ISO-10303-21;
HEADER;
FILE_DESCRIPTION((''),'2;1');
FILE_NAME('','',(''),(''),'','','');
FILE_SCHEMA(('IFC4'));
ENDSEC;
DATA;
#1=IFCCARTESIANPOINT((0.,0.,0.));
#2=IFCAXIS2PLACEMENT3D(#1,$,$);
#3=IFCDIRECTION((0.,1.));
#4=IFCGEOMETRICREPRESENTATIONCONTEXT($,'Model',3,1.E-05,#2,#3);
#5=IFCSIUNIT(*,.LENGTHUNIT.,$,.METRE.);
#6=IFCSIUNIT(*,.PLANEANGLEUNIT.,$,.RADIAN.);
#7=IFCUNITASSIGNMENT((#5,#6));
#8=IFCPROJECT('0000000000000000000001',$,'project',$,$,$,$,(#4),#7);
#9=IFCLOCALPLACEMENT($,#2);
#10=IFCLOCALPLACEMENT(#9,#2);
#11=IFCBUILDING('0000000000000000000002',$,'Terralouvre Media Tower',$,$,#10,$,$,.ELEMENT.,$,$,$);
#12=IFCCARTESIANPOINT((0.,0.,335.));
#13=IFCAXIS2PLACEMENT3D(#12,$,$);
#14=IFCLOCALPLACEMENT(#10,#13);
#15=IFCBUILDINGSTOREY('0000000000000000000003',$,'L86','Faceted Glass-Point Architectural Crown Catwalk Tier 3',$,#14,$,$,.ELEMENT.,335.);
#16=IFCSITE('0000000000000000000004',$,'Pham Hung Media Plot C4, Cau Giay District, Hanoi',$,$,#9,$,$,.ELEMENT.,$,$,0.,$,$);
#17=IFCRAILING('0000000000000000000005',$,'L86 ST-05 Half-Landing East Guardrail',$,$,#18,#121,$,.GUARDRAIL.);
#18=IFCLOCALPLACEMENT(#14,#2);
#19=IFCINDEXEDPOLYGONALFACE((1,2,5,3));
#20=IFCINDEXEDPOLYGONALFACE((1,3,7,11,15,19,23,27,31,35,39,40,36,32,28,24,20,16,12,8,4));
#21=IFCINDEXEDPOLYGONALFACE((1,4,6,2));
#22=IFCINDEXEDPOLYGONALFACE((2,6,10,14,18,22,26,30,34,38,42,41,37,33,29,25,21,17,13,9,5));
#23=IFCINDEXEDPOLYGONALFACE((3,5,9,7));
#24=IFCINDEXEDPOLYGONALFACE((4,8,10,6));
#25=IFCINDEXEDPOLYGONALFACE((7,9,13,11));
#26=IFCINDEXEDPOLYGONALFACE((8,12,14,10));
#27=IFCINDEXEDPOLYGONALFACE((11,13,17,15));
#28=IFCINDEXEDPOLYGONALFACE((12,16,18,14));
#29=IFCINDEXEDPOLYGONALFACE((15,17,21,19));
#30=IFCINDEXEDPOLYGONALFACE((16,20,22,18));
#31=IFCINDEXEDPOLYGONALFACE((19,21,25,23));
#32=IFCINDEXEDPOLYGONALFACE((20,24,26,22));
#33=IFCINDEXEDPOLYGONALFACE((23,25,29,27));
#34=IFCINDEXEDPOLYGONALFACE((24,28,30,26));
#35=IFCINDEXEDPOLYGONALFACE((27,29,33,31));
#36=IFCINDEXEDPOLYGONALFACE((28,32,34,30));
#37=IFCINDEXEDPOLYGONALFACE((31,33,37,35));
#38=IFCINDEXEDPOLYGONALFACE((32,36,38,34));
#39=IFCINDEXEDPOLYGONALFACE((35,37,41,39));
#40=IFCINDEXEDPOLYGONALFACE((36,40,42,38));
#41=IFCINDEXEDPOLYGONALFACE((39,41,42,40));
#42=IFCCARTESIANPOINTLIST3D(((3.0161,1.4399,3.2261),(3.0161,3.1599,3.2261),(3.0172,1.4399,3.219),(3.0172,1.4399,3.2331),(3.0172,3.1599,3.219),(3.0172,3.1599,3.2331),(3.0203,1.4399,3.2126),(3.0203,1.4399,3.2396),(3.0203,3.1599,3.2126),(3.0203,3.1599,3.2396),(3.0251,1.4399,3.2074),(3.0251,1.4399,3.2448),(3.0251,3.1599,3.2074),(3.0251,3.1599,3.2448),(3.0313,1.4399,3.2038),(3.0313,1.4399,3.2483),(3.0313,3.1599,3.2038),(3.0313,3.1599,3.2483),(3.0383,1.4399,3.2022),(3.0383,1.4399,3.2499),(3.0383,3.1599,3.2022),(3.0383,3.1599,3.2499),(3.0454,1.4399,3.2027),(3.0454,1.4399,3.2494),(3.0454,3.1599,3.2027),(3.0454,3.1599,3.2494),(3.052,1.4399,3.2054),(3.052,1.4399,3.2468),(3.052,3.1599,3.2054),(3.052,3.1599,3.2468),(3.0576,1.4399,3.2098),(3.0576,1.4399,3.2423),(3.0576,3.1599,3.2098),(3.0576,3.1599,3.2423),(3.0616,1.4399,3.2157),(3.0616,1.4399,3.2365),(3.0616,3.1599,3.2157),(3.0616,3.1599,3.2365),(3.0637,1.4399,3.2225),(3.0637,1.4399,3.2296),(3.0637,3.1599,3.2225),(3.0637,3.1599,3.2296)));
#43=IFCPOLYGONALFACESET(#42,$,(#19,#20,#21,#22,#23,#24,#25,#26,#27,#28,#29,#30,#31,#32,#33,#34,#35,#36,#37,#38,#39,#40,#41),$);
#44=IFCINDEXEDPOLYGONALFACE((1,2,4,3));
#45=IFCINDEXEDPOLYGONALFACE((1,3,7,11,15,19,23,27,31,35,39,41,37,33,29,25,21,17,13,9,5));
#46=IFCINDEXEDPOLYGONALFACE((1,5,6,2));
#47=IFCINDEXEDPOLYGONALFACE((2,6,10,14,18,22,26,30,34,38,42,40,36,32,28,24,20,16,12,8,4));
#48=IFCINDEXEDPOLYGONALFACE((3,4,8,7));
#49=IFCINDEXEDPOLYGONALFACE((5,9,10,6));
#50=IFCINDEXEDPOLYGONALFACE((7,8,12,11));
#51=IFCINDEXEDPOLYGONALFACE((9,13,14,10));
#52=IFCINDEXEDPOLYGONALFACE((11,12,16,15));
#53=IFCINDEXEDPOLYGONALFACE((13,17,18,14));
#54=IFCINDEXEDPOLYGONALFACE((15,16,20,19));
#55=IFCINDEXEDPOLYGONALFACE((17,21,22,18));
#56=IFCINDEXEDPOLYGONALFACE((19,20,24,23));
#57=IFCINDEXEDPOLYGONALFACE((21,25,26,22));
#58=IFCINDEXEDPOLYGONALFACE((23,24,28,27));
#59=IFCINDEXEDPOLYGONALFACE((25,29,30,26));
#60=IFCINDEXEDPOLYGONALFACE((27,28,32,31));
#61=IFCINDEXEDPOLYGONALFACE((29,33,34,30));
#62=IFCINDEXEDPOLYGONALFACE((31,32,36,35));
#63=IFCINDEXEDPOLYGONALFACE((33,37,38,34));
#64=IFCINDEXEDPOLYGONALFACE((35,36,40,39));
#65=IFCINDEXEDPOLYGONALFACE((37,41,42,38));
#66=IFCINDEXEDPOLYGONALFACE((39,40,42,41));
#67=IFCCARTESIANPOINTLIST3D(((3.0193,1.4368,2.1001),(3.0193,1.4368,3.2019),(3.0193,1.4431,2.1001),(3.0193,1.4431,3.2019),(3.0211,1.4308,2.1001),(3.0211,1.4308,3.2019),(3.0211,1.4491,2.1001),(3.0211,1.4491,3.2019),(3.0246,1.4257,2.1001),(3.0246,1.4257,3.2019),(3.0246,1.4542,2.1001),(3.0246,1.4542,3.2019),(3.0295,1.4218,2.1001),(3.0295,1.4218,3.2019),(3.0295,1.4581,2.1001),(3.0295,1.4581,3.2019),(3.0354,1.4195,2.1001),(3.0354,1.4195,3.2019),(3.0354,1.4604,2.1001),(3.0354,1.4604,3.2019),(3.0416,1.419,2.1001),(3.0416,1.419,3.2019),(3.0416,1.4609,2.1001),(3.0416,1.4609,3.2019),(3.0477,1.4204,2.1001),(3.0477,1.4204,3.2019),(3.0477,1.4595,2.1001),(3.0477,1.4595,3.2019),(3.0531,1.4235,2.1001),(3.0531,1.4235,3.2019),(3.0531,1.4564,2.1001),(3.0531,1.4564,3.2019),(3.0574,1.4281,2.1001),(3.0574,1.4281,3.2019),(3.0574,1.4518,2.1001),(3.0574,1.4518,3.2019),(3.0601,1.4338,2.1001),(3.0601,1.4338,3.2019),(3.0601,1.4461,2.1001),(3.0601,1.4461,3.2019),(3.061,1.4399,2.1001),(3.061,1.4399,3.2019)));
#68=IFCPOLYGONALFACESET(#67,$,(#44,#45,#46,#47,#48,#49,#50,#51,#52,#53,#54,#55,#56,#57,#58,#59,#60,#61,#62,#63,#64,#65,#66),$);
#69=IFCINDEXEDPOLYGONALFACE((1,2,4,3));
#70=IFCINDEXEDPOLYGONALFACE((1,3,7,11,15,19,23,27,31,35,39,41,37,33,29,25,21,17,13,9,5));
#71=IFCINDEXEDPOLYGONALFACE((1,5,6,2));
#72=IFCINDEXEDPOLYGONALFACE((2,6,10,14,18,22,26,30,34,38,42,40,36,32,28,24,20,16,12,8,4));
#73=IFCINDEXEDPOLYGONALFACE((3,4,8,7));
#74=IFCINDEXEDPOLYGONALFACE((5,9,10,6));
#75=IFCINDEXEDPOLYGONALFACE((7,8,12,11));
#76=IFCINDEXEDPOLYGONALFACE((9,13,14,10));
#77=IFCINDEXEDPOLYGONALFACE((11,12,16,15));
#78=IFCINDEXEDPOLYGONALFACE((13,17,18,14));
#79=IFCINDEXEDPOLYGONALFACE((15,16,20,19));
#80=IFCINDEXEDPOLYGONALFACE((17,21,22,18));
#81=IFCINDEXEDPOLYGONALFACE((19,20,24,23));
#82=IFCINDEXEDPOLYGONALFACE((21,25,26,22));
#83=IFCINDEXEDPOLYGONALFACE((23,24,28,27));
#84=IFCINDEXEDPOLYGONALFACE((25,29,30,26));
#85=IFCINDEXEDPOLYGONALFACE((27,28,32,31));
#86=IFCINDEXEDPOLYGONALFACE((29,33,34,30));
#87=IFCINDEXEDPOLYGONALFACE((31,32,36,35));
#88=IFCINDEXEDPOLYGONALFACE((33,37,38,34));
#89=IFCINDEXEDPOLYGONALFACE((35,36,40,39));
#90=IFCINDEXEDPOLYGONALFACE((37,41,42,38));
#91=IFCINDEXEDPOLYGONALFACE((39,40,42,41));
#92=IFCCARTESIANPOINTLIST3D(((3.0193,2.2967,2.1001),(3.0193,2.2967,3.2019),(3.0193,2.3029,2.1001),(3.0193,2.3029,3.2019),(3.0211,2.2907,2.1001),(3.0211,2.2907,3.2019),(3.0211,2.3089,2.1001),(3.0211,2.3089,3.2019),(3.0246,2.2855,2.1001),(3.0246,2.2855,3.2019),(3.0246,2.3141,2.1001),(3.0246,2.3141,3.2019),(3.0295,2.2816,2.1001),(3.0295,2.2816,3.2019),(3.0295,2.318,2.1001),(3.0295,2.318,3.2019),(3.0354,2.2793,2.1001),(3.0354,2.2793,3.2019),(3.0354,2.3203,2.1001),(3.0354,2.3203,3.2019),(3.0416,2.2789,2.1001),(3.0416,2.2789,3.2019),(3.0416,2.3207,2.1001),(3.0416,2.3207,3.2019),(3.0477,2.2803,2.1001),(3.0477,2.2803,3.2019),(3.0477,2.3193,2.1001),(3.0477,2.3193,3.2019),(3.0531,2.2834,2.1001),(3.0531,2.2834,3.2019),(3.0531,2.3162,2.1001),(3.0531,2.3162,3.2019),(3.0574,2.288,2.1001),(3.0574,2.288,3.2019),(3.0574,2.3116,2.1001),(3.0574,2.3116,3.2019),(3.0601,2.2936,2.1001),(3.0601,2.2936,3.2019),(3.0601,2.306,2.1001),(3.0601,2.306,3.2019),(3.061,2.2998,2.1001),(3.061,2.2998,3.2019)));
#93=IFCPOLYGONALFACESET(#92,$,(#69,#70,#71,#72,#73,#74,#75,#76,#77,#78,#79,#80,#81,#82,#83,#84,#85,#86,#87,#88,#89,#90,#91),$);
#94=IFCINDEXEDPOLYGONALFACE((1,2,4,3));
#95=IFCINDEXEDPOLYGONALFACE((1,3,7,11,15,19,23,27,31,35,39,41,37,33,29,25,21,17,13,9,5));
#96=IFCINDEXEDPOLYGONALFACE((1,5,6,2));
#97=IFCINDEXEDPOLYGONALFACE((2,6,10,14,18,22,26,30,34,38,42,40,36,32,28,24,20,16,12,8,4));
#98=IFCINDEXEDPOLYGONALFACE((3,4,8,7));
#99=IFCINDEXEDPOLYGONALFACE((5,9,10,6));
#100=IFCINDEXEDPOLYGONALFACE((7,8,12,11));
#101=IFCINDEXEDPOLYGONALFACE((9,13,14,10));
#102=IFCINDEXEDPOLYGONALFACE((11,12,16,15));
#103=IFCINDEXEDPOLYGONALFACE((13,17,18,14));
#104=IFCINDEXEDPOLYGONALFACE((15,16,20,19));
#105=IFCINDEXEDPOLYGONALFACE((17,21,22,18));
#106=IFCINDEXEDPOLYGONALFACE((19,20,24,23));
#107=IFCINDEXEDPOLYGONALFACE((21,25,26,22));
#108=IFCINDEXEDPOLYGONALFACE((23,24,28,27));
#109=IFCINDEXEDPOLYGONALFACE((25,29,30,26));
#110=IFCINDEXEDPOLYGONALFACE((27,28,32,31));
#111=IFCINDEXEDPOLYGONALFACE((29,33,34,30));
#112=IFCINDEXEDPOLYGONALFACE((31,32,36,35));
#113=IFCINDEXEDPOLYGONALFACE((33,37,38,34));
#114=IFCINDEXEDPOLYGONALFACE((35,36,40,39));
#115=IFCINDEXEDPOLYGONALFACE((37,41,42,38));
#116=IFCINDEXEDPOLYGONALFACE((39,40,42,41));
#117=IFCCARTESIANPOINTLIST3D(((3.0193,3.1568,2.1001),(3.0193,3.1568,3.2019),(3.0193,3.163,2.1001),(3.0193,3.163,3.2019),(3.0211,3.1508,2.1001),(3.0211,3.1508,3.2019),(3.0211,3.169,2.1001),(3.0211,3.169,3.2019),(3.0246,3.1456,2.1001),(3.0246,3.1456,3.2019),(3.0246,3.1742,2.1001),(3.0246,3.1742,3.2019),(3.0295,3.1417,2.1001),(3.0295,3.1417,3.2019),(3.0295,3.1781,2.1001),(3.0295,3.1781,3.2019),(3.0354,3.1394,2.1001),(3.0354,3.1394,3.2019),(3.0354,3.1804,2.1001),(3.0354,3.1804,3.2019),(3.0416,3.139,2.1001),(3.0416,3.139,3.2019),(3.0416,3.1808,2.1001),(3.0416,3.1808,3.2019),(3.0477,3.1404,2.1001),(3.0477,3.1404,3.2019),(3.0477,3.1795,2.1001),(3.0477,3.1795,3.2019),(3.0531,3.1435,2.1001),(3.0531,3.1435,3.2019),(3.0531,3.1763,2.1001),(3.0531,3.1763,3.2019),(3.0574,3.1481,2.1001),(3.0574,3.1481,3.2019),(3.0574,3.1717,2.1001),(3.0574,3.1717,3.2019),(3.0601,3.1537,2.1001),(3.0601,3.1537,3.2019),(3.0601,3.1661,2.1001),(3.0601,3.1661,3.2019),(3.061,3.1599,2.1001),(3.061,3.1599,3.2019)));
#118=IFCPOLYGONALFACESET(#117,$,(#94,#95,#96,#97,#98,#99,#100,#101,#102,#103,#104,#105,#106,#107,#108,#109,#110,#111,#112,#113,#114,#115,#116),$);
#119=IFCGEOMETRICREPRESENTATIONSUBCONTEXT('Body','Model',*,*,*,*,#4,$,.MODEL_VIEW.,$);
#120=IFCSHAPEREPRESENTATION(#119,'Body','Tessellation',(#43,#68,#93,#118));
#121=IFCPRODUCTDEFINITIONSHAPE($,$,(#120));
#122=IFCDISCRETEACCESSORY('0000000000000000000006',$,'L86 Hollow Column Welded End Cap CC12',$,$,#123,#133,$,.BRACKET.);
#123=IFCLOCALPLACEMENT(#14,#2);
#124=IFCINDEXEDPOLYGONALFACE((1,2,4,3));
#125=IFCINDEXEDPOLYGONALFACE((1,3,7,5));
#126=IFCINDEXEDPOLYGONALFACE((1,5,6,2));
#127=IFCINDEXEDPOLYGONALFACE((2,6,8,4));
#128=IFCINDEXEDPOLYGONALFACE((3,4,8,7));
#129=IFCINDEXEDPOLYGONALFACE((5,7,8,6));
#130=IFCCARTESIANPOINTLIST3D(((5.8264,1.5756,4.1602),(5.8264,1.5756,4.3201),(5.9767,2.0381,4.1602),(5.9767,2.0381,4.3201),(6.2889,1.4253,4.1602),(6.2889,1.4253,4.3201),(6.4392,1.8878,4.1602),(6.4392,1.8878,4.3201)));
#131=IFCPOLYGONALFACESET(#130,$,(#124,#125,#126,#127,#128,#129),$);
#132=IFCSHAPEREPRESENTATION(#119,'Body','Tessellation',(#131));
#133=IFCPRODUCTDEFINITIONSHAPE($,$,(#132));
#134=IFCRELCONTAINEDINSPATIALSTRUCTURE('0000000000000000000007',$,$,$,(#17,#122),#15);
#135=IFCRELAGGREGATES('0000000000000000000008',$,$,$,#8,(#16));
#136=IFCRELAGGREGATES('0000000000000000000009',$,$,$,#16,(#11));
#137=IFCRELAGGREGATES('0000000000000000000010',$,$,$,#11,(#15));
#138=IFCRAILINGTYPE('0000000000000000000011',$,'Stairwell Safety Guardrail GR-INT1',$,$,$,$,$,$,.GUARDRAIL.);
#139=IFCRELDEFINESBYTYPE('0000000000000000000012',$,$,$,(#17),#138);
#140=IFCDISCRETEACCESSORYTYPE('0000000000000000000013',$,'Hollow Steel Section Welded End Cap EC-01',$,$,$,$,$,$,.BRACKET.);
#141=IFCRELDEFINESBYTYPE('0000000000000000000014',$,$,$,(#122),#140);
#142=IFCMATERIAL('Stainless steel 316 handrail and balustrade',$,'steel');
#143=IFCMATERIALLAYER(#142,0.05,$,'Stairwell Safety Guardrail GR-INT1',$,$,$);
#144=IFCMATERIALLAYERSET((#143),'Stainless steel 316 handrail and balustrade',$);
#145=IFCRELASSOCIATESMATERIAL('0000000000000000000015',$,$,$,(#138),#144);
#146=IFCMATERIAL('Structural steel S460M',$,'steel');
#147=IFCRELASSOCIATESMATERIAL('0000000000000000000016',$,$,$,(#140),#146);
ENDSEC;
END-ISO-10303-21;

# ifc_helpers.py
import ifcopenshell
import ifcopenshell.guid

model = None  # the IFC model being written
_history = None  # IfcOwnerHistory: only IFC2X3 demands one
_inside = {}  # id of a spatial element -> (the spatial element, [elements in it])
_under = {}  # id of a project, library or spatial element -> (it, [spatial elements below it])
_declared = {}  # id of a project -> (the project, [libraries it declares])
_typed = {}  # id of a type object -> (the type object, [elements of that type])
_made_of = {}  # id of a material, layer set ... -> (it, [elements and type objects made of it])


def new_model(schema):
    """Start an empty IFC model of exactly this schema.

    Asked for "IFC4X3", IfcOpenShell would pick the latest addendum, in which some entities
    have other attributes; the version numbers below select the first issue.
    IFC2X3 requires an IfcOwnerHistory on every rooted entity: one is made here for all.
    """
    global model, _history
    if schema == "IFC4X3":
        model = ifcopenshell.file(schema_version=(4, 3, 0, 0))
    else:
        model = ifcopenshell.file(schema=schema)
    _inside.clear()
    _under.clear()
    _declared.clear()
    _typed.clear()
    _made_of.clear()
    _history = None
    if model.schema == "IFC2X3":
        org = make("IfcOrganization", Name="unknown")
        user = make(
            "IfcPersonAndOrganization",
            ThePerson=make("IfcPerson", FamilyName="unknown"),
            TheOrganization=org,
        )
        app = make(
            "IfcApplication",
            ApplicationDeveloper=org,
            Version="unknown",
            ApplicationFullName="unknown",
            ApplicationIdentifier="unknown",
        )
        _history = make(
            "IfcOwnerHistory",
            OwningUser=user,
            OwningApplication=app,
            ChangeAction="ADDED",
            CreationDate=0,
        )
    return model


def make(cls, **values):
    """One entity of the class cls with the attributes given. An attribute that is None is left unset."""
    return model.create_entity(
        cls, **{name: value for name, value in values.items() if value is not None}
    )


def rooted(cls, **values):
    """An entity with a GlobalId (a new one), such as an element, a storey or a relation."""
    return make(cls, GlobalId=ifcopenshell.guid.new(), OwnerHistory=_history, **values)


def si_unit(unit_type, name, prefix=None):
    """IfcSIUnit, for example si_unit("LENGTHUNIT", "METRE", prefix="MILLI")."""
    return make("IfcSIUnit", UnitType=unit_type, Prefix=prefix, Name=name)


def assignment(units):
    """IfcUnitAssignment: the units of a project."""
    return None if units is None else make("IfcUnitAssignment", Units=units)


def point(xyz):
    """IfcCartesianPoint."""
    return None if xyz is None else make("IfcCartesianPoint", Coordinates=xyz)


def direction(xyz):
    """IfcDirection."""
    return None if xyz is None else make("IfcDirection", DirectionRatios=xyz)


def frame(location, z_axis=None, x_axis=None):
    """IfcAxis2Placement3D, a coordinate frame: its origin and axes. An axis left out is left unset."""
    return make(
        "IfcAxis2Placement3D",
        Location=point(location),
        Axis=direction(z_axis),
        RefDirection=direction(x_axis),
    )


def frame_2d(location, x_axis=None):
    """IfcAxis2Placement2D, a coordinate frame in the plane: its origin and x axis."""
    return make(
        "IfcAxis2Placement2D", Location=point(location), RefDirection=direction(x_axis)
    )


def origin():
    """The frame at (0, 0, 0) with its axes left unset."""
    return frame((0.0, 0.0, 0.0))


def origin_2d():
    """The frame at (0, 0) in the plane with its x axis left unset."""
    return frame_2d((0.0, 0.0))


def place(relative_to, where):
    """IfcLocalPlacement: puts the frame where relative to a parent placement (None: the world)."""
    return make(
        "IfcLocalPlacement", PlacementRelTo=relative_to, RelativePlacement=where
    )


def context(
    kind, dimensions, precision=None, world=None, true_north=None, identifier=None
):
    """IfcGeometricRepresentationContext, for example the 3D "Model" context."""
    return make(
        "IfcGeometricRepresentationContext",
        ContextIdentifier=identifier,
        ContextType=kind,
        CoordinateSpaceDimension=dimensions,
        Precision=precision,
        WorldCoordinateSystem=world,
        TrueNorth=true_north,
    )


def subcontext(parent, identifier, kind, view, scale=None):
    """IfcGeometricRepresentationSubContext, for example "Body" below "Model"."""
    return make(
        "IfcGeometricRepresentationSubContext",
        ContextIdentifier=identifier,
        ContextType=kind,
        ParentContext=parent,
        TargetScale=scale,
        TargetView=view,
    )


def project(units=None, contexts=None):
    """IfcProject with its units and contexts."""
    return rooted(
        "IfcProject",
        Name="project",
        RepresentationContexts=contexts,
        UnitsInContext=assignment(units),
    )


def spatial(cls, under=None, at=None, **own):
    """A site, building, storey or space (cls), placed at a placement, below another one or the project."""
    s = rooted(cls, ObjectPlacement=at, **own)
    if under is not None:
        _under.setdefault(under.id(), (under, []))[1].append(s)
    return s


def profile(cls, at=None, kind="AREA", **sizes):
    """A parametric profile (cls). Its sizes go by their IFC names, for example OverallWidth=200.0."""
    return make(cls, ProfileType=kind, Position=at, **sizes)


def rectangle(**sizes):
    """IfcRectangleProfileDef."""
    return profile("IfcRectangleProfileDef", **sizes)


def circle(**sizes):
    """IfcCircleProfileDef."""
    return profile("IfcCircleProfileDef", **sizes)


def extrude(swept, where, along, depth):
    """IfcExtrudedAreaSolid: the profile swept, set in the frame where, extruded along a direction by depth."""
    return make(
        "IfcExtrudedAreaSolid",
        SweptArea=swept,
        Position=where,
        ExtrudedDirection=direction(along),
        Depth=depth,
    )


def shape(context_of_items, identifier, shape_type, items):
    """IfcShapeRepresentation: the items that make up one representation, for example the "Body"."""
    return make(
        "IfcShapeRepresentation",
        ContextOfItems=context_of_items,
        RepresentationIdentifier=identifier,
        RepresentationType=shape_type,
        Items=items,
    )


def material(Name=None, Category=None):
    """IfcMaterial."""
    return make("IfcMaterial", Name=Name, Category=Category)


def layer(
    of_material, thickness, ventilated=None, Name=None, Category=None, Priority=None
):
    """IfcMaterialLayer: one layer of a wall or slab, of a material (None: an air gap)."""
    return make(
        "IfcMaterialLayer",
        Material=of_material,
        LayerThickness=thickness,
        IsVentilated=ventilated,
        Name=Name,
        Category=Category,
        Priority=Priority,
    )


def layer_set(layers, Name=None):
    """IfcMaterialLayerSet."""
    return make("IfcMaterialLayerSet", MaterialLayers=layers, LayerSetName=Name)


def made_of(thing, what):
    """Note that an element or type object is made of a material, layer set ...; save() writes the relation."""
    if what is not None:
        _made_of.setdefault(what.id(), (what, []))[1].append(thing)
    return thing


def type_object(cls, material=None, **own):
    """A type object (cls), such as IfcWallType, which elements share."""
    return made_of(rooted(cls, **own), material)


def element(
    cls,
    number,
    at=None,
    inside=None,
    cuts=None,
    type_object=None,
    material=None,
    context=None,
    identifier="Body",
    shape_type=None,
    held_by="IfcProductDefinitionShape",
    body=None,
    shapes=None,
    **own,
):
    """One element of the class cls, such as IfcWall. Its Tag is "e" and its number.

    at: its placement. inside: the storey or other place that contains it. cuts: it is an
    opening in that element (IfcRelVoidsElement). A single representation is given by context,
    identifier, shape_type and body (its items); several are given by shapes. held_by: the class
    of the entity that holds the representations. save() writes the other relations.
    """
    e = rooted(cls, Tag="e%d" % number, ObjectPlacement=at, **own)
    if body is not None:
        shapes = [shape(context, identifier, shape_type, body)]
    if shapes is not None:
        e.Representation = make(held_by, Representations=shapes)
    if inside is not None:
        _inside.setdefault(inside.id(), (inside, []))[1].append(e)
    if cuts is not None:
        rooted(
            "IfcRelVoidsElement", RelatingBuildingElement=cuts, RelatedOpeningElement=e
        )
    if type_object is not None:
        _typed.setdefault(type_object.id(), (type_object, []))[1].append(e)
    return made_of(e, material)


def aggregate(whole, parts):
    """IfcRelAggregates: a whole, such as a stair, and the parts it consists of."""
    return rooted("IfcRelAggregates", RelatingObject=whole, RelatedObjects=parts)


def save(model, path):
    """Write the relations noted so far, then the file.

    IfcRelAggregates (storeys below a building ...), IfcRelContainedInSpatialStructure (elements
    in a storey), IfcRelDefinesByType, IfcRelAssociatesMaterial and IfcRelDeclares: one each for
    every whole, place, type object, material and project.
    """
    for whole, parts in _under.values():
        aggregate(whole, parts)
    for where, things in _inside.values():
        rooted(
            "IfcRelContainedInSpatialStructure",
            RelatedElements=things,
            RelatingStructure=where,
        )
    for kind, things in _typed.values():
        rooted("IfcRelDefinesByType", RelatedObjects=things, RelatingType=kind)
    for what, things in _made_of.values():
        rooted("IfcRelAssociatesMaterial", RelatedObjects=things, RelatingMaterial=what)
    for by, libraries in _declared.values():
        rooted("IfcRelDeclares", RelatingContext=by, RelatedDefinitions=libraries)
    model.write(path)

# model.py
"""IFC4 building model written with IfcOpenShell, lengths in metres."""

from ifc_helpers import new_model, si_unit, direction, frame, origin, origin_2d, place, context, subcontext, project, spatial, rectangle, circle, extrude, material, layer, layer_set, type_object, element, save


model = new_model("IFC4")

# Units and contexts
model_context = context("Model", 3, precision=1e-05, world=origin(), true_north=direction((0.0, 1.0)))
body_context = subcontext(model_context, "Body", "Model", "MODEL_VIEW")
ifc_project = project(units=[si_unit("LENGTHUNIT", "METRE"), si_unit("PLANEANGLEUNIT", "RADIAN")], contexts=[model_context])

# Site, building, storey
site_placement = place(None, origin())
site = spatial("IfcSite", under=ifc_project, at=site_placement, Name="Pham Hung Media Plot C4, Cau Giay District, Hanoi", CompositionType="ELEMENT", RefElevation=0.0)
building_placement = place(site_placement, origin())
building = spatial("IfcBuilding", under=site, at=building_placement, Name="Terralouvre Media Tower", CompositionType="ELEMENT")
storey_placement = place(building_placement, frame((0.0, 0.0, 335.0)))
storey = spatial("IfcBuildingStorey", under=building, at=storey_placement, Name="L86", Description="Faceted Glass-Point Architectural Crown Catwalk Tier 3", CompositionType="ELEMENT", Elevation=335.0)

# Railing
ifc_material_1 = material(Name="Stainless steel 316 handrail and balustrade", Category="steel")
ifc_layer_1 = layer(ifc_material_1, 0.05, Name="Stairwell Safety Guardrail GR-INT1")
ifc_layer_set_1 = layer_set([ifc_layer_1], Name="Stainless steel 316 handrail and balustrade")
railing_type_1 = type_object("IfcRailingType", Name="Stairwell Safety Guardrail GR-INT1", PredefinedType="GUARDRAIL", material=ifc_layer_set_1)
railing_1_placement = place(storey_placement, frame((3.04, 1.4399, 2.1001)))
element("IfcRailing", 1, at=railing_1_placement, inside=storey, type_object=railing_type_1, Name="L86 ST-05 Half-Landing East Guardrail", PredefinedType="GUARDRAIL", context=body_context, shape_type="SweptSolid", body=[
    extrude(circle(Radius=0.0239, at=origin_2d()), frame((0.0, 0.0, 1.126), z_axis=(0.0, 1.0, 0.0), x_axis=(-1.0, 0.0, 0.0)), (0.0, 0.0, 1.0), 1.72),
    extrude(circle(Radius=0.021, at=origin_2d()), origin(), (0.0, 0.0, 1.0), 1.1018),
    extrude(circle(Radius=0.021, at=origin_2d()), frame((0.0, 0.8599, 0.0)), (0.0, 0.0, 1.0), 1.1018),
    extrude(circle(Radius=0.021, at=origin_2d()), frame((0.0, 1.72, 0.0)), (0.0, 0.0, 1.0), 1.1018),
])

# Discrete accessory
ifc_material_2 = material(Name="Structural steel S460M", Category="steel")
discrete_accessory_type = type_object("IfcDiscreteAccessoryType", Name="Hollow Steel Section Welded End Cap EC-01", PredefinedType="BRACKET", material=ifc_material_2)
discrete_accessory_placement = place(storey_placement, frame((6.1328, 1.7317, 4.1602), z_axis=(0.0, 0.0, 1.0), x_axis=(0.309017, 0.951057, 0.0)))
element("IfcDiscreteAccessory", 2, at=discrete_accessory_placement, inside=storey, type_object=discrete_accessory_type, Name="L86 Hollow Column Welded End Cap CC12", PredefinedType="BRACKET", context=body_context, shape_type="SweptSolid", body=[
    extrude(rectangle(XDim=0.4863, YDim=0.4863, at=origin_2d()), origin(), (0.0, 0.0, 1.0), 0.1599),
])

save(model, "model.ifc")
